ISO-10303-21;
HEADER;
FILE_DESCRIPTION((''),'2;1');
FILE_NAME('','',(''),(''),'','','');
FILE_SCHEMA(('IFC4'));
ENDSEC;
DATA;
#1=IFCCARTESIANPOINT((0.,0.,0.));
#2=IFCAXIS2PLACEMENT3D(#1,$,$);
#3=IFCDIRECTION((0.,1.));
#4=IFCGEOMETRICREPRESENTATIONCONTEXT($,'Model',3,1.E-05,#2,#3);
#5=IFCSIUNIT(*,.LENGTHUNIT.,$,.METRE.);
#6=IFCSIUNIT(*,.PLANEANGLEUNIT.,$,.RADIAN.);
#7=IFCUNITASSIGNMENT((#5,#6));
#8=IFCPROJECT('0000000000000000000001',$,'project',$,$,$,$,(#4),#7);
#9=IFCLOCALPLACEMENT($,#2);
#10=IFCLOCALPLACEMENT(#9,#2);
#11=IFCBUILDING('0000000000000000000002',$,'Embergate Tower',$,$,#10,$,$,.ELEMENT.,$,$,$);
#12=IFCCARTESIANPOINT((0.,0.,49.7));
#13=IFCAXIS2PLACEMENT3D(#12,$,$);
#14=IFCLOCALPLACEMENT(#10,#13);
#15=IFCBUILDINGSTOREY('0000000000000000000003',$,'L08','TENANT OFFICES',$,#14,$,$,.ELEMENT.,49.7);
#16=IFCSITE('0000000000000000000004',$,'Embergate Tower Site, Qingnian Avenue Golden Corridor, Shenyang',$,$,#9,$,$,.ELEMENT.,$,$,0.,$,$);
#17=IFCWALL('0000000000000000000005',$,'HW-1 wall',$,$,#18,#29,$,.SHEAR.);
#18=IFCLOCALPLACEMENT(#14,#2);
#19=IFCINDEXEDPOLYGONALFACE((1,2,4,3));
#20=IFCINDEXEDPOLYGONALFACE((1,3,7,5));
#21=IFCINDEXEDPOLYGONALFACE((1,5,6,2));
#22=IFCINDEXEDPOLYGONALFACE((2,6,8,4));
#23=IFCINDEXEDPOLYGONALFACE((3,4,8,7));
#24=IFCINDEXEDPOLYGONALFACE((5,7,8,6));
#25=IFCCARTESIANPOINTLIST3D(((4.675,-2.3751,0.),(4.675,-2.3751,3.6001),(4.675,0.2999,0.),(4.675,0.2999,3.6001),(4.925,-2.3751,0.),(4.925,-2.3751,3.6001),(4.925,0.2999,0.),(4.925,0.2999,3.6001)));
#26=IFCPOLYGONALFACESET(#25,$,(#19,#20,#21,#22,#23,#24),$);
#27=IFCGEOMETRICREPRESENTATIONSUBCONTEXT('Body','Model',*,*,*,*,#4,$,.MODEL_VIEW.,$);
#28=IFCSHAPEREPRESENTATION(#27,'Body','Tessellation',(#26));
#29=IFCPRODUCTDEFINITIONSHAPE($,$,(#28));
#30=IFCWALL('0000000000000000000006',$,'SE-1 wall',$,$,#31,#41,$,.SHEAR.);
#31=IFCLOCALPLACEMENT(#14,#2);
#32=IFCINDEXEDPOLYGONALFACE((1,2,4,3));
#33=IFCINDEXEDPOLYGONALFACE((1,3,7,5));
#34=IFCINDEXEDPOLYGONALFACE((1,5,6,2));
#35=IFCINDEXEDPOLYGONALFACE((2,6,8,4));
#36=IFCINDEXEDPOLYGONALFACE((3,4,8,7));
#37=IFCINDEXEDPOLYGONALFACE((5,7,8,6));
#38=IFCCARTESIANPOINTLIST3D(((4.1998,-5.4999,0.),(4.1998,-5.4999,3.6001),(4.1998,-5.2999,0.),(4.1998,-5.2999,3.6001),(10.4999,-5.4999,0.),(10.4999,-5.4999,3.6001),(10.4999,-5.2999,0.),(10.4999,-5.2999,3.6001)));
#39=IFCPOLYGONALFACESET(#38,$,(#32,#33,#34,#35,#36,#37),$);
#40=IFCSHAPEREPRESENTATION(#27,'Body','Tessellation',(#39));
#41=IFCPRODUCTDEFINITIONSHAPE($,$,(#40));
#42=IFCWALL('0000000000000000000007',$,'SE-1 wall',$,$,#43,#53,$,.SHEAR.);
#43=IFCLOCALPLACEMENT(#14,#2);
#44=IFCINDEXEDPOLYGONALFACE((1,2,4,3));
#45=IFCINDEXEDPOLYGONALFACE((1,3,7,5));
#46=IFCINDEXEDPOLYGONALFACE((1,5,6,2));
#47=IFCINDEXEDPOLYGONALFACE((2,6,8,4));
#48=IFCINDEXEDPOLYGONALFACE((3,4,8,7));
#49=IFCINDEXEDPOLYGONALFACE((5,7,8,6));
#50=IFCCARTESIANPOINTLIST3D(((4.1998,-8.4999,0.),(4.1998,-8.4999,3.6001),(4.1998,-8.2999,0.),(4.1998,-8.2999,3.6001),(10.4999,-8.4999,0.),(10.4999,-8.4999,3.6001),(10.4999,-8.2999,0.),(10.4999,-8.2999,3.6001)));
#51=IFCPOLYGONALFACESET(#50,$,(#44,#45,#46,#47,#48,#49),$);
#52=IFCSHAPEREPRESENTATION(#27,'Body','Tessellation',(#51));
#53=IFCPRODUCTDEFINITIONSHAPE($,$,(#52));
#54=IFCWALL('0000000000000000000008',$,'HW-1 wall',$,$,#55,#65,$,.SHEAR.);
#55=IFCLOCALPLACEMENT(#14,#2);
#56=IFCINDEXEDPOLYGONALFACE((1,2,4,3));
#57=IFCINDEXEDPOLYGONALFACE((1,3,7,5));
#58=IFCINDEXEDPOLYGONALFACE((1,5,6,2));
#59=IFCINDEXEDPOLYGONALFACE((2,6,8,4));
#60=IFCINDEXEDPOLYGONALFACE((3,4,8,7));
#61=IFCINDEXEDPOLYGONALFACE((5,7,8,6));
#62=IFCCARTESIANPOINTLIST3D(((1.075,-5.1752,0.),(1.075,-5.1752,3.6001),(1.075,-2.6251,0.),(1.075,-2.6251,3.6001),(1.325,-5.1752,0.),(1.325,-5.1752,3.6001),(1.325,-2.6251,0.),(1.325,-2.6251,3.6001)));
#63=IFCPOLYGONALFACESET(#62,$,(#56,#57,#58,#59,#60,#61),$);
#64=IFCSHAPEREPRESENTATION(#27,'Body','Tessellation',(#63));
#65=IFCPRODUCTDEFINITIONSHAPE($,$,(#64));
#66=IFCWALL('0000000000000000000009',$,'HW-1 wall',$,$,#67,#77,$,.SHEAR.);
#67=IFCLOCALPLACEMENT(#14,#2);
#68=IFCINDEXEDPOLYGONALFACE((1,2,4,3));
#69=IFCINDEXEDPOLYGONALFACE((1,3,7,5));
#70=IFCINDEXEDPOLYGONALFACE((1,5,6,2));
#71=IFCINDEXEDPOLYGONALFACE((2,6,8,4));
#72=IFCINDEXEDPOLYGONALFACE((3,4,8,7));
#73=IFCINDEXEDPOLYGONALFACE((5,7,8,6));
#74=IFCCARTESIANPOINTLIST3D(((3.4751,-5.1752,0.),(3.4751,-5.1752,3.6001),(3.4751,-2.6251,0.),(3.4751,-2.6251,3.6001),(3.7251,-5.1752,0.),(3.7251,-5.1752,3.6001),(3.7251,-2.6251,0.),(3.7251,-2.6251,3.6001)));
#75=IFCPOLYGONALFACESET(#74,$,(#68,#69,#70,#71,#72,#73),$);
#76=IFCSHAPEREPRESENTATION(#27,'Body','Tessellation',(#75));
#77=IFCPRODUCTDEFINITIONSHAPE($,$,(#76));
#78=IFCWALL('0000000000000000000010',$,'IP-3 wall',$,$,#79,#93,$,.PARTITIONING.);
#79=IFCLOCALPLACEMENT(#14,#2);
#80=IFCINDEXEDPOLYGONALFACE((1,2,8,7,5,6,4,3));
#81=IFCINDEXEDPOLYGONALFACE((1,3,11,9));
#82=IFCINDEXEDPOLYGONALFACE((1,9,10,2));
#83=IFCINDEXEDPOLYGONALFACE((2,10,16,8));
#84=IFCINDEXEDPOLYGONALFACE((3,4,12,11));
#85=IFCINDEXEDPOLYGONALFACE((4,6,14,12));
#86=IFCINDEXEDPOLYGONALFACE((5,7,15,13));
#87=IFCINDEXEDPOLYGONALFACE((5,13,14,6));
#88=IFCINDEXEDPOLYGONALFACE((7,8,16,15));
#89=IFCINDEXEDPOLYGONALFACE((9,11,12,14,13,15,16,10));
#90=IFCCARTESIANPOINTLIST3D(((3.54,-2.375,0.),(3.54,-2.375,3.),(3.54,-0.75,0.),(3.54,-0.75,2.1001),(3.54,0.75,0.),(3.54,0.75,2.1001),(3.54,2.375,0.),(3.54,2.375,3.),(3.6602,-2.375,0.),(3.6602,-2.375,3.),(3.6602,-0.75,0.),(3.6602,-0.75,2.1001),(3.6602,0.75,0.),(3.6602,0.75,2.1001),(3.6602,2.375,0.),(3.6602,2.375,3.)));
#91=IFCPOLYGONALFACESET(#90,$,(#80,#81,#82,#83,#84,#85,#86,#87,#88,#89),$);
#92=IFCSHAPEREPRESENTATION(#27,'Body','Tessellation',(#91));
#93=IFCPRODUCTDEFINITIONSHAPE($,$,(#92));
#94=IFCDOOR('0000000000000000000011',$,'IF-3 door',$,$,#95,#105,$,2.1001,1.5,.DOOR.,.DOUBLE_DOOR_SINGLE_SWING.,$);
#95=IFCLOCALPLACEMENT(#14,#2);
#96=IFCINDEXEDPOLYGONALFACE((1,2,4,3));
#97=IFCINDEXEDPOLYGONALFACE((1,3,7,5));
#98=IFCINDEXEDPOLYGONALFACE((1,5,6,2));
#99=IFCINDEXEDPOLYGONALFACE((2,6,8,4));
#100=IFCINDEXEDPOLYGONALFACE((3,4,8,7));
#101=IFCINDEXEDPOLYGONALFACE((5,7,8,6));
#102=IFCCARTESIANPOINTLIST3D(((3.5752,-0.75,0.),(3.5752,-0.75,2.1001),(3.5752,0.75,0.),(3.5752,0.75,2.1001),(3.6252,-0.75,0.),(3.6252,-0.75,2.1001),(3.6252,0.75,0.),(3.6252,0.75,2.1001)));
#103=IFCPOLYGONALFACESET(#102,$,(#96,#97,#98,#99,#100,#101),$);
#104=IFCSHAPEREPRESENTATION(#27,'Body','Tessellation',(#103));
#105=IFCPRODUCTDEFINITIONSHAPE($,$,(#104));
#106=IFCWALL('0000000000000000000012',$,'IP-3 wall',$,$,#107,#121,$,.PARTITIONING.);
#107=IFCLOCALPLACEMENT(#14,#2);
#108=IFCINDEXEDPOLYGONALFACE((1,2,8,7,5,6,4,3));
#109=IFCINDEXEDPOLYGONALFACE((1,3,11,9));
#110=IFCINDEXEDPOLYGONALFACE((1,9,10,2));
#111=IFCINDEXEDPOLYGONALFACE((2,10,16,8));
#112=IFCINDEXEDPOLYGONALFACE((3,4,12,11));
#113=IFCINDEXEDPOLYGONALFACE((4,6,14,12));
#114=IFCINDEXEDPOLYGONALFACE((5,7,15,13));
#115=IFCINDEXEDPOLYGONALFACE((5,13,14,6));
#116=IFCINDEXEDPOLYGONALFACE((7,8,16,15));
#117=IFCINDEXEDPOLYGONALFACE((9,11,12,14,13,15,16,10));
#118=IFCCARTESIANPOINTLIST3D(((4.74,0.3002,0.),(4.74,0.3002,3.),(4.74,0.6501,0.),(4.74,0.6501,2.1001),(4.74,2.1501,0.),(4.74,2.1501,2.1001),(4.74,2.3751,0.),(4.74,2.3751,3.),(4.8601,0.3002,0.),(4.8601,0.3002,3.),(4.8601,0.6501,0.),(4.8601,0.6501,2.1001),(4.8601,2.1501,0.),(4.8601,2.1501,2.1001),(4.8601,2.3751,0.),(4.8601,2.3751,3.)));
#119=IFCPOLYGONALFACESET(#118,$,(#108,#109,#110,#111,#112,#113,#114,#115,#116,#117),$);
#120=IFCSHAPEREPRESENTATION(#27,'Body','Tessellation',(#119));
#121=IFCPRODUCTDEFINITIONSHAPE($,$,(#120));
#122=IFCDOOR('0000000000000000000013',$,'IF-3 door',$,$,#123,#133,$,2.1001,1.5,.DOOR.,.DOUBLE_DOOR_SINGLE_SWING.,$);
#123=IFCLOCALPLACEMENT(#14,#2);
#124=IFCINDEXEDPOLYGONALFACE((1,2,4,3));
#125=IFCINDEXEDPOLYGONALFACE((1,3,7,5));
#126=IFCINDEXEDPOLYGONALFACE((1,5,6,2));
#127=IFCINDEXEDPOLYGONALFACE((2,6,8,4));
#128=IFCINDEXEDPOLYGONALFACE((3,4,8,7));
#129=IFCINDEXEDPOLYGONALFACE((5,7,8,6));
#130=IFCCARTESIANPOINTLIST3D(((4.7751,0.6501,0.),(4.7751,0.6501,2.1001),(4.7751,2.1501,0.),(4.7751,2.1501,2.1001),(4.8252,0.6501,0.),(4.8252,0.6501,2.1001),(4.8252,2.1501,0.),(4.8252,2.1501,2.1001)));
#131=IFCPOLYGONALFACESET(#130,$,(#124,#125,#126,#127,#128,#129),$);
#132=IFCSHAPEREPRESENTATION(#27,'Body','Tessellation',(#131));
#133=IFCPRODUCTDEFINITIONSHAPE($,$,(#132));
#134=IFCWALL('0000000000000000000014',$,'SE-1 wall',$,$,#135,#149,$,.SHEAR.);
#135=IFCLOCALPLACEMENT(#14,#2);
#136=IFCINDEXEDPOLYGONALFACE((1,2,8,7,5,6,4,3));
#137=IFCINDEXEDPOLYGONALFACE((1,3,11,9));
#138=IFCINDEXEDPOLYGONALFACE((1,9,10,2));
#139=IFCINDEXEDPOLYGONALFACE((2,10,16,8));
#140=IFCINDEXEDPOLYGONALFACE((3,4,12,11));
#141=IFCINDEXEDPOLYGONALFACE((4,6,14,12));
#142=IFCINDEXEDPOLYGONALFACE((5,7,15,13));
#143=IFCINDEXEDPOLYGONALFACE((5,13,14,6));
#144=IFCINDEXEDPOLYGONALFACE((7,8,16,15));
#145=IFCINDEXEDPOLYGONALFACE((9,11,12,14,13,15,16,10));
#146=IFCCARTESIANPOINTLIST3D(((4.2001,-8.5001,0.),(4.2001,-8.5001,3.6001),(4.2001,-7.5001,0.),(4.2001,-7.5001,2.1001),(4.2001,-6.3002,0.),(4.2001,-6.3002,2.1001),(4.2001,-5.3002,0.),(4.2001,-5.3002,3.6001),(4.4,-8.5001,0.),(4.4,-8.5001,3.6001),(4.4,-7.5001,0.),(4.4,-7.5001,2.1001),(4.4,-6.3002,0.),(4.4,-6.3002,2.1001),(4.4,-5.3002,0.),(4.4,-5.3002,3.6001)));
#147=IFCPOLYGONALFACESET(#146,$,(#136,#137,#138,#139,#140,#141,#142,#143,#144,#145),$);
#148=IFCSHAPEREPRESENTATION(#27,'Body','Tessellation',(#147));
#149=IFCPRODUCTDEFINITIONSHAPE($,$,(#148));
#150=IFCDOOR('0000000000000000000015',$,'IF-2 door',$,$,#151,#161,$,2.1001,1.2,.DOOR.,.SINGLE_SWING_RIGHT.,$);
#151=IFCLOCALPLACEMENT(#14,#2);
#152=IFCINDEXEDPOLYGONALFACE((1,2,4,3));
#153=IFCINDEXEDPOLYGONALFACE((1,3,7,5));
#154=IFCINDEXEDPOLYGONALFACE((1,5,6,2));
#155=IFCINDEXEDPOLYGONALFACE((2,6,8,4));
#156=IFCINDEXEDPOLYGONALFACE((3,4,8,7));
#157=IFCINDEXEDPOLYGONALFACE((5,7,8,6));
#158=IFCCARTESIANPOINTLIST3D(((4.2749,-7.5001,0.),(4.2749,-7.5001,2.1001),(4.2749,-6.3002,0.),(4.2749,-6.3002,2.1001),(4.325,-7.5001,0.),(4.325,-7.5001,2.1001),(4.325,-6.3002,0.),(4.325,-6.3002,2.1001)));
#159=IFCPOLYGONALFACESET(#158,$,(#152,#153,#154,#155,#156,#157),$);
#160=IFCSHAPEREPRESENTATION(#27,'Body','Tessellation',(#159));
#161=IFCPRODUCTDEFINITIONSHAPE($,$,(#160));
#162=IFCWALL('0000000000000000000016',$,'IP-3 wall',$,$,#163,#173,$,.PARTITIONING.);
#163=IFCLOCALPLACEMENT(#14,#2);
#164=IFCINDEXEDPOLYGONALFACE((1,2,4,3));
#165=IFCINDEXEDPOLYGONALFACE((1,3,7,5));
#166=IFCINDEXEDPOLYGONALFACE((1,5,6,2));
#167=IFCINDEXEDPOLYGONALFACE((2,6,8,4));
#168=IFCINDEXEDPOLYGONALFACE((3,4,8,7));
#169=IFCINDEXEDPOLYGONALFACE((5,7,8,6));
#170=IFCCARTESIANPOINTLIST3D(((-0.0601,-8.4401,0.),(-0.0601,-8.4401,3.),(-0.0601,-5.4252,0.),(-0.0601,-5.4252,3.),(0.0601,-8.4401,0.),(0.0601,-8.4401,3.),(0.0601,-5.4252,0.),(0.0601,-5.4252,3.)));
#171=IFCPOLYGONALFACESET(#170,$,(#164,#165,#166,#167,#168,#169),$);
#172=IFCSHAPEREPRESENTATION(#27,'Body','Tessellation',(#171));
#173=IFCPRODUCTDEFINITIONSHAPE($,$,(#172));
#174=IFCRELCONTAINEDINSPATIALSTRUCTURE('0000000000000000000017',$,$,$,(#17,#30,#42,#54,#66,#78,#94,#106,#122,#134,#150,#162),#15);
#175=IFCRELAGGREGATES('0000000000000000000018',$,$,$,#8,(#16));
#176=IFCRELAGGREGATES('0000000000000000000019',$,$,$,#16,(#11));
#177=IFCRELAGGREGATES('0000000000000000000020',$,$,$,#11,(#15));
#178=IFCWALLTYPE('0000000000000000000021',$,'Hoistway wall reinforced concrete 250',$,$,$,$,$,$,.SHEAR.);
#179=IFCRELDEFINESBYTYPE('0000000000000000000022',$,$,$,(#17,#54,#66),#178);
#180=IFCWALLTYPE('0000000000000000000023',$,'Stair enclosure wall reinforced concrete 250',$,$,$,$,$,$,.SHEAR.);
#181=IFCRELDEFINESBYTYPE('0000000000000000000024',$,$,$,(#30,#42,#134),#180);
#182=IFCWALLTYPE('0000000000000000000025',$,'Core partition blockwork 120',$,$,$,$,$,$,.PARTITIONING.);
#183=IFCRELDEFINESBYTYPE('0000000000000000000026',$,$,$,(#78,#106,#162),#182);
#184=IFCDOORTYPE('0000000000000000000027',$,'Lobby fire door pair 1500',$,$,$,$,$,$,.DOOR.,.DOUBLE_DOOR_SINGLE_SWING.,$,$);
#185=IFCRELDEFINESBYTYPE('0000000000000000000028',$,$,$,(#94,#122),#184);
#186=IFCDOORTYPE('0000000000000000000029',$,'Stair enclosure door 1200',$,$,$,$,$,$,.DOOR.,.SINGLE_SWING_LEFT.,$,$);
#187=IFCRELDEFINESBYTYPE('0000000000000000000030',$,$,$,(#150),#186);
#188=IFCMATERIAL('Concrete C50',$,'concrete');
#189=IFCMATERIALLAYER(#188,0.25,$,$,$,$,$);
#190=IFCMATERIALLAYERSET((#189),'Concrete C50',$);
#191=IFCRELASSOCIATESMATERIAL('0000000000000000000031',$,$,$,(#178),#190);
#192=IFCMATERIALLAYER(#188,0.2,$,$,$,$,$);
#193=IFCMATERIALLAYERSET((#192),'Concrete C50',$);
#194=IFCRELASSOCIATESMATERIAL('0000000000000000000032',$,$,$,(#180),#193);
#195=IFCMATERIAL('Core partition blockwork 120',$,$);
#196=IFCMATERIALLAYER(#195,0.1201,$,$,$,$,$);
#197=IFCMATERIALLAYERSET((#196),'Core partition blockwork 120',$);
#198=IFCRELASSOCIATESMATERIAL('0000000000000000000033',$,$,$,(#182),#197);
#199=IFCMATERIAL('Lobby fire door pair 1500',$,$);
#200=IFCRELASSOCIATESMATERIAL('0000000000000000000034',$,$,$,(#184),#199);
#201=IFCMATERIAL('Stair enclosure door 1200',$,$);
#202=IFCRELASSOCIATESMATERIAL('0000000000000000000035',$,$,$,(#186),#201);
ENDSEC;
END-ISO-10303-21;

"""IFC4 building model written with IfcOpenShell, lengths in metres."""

from ifc_helpers import new_model, si_unit, direction, frame, frame_2d, origin, place, context, subcontext, project, spatial, rectangle, extrude, source, transform, mapped, material, layer, layer_set, type_object, element, fill, save


model = new_model("IFC4")

# Units and contexts
model_context = context("Model", 3, precision=1e-05, world=origin(), true_north=direction((0.0, 1.0)))
body_context = subcontext(model_context, "Body", "Model", "MODEL_VIEW")
ifc_project = project(units=[si_unit("LENGTHUNIT", "METRE"), si_unit("PLANEANGLEUNIT", "RADIAN")], contexts=[model_context])

# Site, building, storey
site_placement = place(None, origin())
site = spatial("IfcSite", under=ifc_project, at=site_placement, Name="Embergate Tower Site, Qingnian Avenue Golden Corridor, Shenyang", CompositionType="ELEMENT", RefElevation=0.0)
building_placement = place(site_placement, origin())
building = spatial("IfcBuilding", under=site, at=building_placement, Name="Embergate Tower", CompositionType="ELEMENT")
storey_placement = place(building_placement, frame((0.0, 0.0, 49.7)))
storey = spatial("IfcBuildingStorey", under=building, at=storey_placement, Name="L08", Description="TENANT OFFICES", CompositionType="ELEMENT", Elevation=49.7)

# Walls
ifc_material_1 = material(Name="Concrete C50", Category="concrete")
ifc_layer_1 = layer(ifc_material_1, 0.25)
ifc_layer_set_1 = layer_set([ifc_layer_1], Name="Concrete C50")
wall_type_1 = type_object("IfcWallType", Name="Hoistway wall reinforced concrete 250", PredefinedType="SHEAR", material=ifc_layer_set_1)
shared_shape_1 = source(origin(), body_context, "Body", "SweptSolid", [
    extrude(rectangle(XDim=2.675, YDim=0.25, at=frame_2d((1.3374, 0.0))), origin(), (0.0, 0.0, 1.0), 3.6001),
])
wall_1_placement = place(storey_placement, frame((4.8, -2.375, 0.0), z_axis=(0.0, 0.0, 1.0), x_axis=(0.0, 1.0, 0.0)))
element("IfcWall", 1, at=wall_1_placement, inside=storey, type_object=wall_type_1, Name="HW-1 wall", PredefinedType="SHEAR", context=body_context, shape_type="MappedRepresentation", body=[
    mapped(shared_shape_1, transform((0.0, 0.0, 0.0))),
])
ifc_layer_2 = layer(ifc_material_1, 0.2)
ifc_layer_set_2 = layer_set([ifc_layer_2], Name="Concrete C50")
wall_type_2 = type_object("IfcWallType", Name="Stair enclosure wall reinforced concrete 250", PredefinedType="SHEAR", material=ifc_layer_set_2)
shared_shape_2 = source(origin(), body_context, "Body", "SweptSolid", [
    extrude(rectangle(XDim=6.3, YDim=0.2, at=frame_2d((3.1499, 0.0))), origin(), (0.0, 0.0, 1.0), 3.6001),
])
for number, where, z_axis, x_axis, name in (
    (2, (4.2, -5.3999, 0.0), (0.0, 0.0, 1.0), (1.0, 0.0, 0.0), "SE-1 wall"),
    (3, (4.2, -8.3999, 0.0), (0.0, 0.0, 1.0), (1.0, 0.0, 0.0), "SE-1 wall"),
):
    element("IfcWall", number, at=place(storey_placement, frame(where, z_axis=z_axis, x_axis=x_axis)), inside=storey, type_object=wall_type_2, Name=name, PredefinedType="SHEAR", context=body_context, shape_type="MappedRepresentation", body=[
        mapped(shared_shape_2, transform((0.0, 0.0, 0.0))),
    ])
shared_shape_3 = source(origin(), body_context, "Body", "SweptSolid", [
    extrude(rectangle(XDim=2.55, YDim=0.25, at=frame_2d((1.2749, 0.0))), origin(), (0.0, 0.0, 1.0), 3.6001),
])
for number, where, z_axis, x_axis, name in (
    (4, (1.2, -5.175, 0.0), (0.0, 0.0, 1.0), (0.0, 1.0, 0.0), "HW-1 wall"),
    (5, (3.6001, -5.175, 0.0), (0.0, 0.0, 1.0), (0.0, 1.0, 0.0), "HW-1 wall"),
):
    element("IfcWall", number, at=place(storey_placement, frame(where, z_axis=z_axis, x_axis=x_axis)), inside=storey, type_object=wall_type_1, Name=name, PredefinedType="SHEAR", context=body_context, shape_type="MappedRepresentation", body=[
        mapped(shared_shape_3, transform((0.0, 0.0, 0.0))),
    ])

# Walls, openings, doors
ifc_material_2 = material(Name="Core partition blockwork 120")
ifc_layer_3 = layer(ifc_material_2, 0.1201)
ifc_layer_set_3 = layer_set([ifc_layer_3], Name="Core partition blockwork 120")
wall_type_3 = type_object("IfcWallType", Name="Core partition blockwork 120", PredefinedType="PARTITIONING", material=ifc_layer_set_3)
shared_shape_4 = source(origin(), body_context, "Body", "SweptSolid", [
    extrude(rectangle(XDim=4.75, YDim=0.1201, at=frame_2d((2.375, 0.0))), origin(), (0.0, 0.0, 1.0), 3.0),
])
wall_2_placement = place(storey_placement, frame((3.6001, -2.375, 0.0), z_axis=(0.0, 0.0, 1.0), x_axis=(0.0, 1.0, 0.0)))
wall_2 = element("IfcWall", 6, at=wall_2_placement, inside=storey, type_object=wall_type_3, Name="IP-3 wall", PredefinedType="PARTITIONING", context=body_context, shape_type="MappedRepresentation", body=[
    mapped(shared_shape_4, transform((0.0, 0.0, 0.0))),
])
shared_shape_5 = source(origin(), body_context, "Body", "SweptSolid", [
    extrude(rectangle(XDim=1.5, YDim=2.1001, at=frame_2d((0.75, 1.05))), frame((0.0, 0.0701, 0.0), z_axis=(0.0, -1.0, 0.0), x_axis=(1.0, 0.0, 0.0)), (0.0, 0.0, 1.0), 0.1401),
])
opening_1_placement = place(wall_2_placement, frame((1.625, 0.0, 0.0)))
opening_1 = element("IfcOpeningElement", 7, at=opening_1_placement, cuts=wall_2, PredefinedType="OPENING", context=body_context, shape_type="MappedRepresentation", body=[
    mapped(shared_shape_5, transform((0.0, 0.0, 0.0))),
])
ifc_material_3 = material(Name="Lobby fire door pair 1500")
door_type_1 = type_object("IfcDoorType", Name="Lobby fire door pair 1500", OperationType="DOUBLE_DOOR_SINGLE_SWING", PredefinedType="DOOR", material=ifc_material_3)
shared_shape_6 = source(origin(), body_context, "Body", "SweptSolid", [
    extrude(rectangle(XDim=1.5, YDim=2.1001, at=frame_2d((0.75, 1.05))), frame((0.0, 0.0249, 0.0), z_axis=(0.0, -1.0, 0.0), x_axis=(1.0, 0.0, 0.0)), (0.0, 0.0, 1.0), 0.05),
])
door_1_placement = place(opening_1_placement, origin())
door_1 = element("IfcDoor", 8, at=door_1_placement, inside=storey, type_object=door_type_1, Name="IF-3 door", OperationType="DOUBLE_DOOR_SINGLE_SWING", OverallHeight=2.1001, OverallWidth=1.5, PredefinedType="DOOR", context=body_context, shape_type="MappedRepresentation", body=[
    mapped(shared_shape_6, transform((0.0, 0.0, 0.0))),
])
fill(opening_1, door_1)
shared_shape_7 = source(origin(), body_context, "Body", "SweptSolid", [
    extrude(rectangle(XDim=2.075, YDim=0.1201, at=frame_2d((1.0376, 0.0))), origin(), (0.0, 0.0, 1.0), 3.0),
])
wall_3_placement = place(storey_placement, frame((4.8, 0.3, 0.0), z_axis=(0.0, 0.0, 1.0), x_axis=(0.0, 1.0, 0.0)))
wall_3 = element("IfcWall", 9, at=wall_3_placement, inside=storey, type_object=wall_type_3, Name="IP-3 wall", PredefinedType="PARTITIONING", context=body_context, shape_type="MappedRepresentation", body=[
    mapped(shared_shape_7, transform((0.0, 0.0, 0.0))),
])
opening_2_placement = place(wall_3_placement, frame((0.3501, 0.0, 0.0)))
opening_2 = element("IfcOpeningElement", 10, at=opening_2_placement, cuts=wall_3, PredefinedType="OPENING", context=body_context, shape_type="MappedRepresentation", body=[
    mapped(shared_shape_5, transform((0.0, 0.0, 0.0))),
])
door_2_placement = place(opening_2_placement, origin())
door_2 = element("IfcDoor", 11, at=door_2_placement, inside=storey, type_object=door_type_1, Name="IF-3 door", OperationType="DOUBLE_DOOR_SINGLE_SWING", OverallHeight=2.1001, OverallWidth=1.5, PredefinedType="DOOR", context=body_context, shape_type="MappedRepresentation", body=[
    mapped(shared_shape_6, transform((0.0, 0.0, 0.0))),
])
fill(opening_2, door_2)
shared_shape_8 = source(origin(), body_context, "Body", "SweptSolid", [
    extrude(rectangle(XDim=3.2, YDim=0.2, at=frame_2d((1.6001, 0.0))), origin(), (0.0, 0.0, 1.0), 3.6001),
])
wall_4_placement = place(storey_placement, frame((4.3, -5.3, 0.0), z_axis=(0.0, 0.0, 1.0), x_axis=(0.0, -1.0, 0.0)))
wall_4 = element("IfcWall", 12, at=wall_4_placement, inside=storey, type_object=wall_type_2, Name="SE-1 wall", PredefinedType="SHEAR", context=body_context, shape_type="MappedRepresentation", body=[
    mapped(shared_shape_8, transform((0.0, 0.0, 0.0))),
])
shared_shape_9 = source(origin(), body_context, "Body", "SweptSolid", [
    extrude(rectangle(XDim=1.2, YDim=2.1001, at=frame_2d((0.6001, 1.05))), frame((0.0, 0.1099, 0.0), z_axis=(0.0, -1.0, 0.0), x_axis=(1.0, 0.0, 0.0)), (0.0, 0.0, 1.0), 0.22),
])
opening_3_placement = place(wall_4_placement, frame((1.0, 0.0, 0.0)))
opening_3 = element("IfcOpeningElement", 13, at=opening_3_placement, cuts=wall_4, PredefinedType="OPENING", context=body_context, shape_type="MappedRepresentation", body=[
    mapped(shared_shape_9, transform((0.0, 0.0, 0.0))),
])
ifc_material_4 = material(Name="Stair enclosure door 1200")
door_type_2 = type_object("IfcDoorType", Name="Stair enclosure door 1200", OperationType="SINGLE_SWING_LEFT", PredefinedType="DOOR", material=ifc_material_4)
shared_shape_10 = source(origin(), body_context, "Body", "SweptSolid", [
    extrude(rectangle(XDim=1.2, YDim=2.1001, at=frame_2d((0.6001, 1.05))), frame((0.0, 0.0249, 0.0), z_axis=(0.0, -1.0, 0.0), x_axis=(1.0, 0.0, 0.0)), (0.0, 0.0, 1.0), 0.05),
])
door_3_placement = place(opening_3_placement, origin())
door_3 = element("IfcDoor", 14, at=door_3_placement, inside=storey, type_object=door_type_2, Name="IF-2 door", OperationType="SINGLE_SWING_RIGHT", OverallHeight=2.1001, OverallWidth=1.2, PredefinedType="DOOR", context=body_context, shape_type="MappedRepresentation", body=[
    mapped(shared_shape_10, transform((0.0, 0.0, 0.0))),
])
fill(opening_3, door_3)

# Wall
shared_shape_11 = source(origin(), body_context, "Body", "SweptSolid", [
    extrude(rectangle(XDim=3.0149, YDim=0.1201, at=frame_2d((1.5073, 0.0))), origin(), (0.0, 0.0, 1.0), 3.0),
])
wall_5_placement = place(storey_placement, frame((0.0, -8.4399, 0.0), z_axis=(0.0, 0.0, 1.0), x_axis=(0.0, 1.0, 0.0)))
element("IfcWall", 15, at=wall_5_placement, inside=storey, type_object=wall_type_3, Name="IP-3 wall", PredefinedType="PARTITIONING", context=body_context, shape_type="MappedRepresentation", body=[
    mapped(shared_shape_11, transform((0.0, 0.0, 0.0))),
])

save(model, "model.ifc")
